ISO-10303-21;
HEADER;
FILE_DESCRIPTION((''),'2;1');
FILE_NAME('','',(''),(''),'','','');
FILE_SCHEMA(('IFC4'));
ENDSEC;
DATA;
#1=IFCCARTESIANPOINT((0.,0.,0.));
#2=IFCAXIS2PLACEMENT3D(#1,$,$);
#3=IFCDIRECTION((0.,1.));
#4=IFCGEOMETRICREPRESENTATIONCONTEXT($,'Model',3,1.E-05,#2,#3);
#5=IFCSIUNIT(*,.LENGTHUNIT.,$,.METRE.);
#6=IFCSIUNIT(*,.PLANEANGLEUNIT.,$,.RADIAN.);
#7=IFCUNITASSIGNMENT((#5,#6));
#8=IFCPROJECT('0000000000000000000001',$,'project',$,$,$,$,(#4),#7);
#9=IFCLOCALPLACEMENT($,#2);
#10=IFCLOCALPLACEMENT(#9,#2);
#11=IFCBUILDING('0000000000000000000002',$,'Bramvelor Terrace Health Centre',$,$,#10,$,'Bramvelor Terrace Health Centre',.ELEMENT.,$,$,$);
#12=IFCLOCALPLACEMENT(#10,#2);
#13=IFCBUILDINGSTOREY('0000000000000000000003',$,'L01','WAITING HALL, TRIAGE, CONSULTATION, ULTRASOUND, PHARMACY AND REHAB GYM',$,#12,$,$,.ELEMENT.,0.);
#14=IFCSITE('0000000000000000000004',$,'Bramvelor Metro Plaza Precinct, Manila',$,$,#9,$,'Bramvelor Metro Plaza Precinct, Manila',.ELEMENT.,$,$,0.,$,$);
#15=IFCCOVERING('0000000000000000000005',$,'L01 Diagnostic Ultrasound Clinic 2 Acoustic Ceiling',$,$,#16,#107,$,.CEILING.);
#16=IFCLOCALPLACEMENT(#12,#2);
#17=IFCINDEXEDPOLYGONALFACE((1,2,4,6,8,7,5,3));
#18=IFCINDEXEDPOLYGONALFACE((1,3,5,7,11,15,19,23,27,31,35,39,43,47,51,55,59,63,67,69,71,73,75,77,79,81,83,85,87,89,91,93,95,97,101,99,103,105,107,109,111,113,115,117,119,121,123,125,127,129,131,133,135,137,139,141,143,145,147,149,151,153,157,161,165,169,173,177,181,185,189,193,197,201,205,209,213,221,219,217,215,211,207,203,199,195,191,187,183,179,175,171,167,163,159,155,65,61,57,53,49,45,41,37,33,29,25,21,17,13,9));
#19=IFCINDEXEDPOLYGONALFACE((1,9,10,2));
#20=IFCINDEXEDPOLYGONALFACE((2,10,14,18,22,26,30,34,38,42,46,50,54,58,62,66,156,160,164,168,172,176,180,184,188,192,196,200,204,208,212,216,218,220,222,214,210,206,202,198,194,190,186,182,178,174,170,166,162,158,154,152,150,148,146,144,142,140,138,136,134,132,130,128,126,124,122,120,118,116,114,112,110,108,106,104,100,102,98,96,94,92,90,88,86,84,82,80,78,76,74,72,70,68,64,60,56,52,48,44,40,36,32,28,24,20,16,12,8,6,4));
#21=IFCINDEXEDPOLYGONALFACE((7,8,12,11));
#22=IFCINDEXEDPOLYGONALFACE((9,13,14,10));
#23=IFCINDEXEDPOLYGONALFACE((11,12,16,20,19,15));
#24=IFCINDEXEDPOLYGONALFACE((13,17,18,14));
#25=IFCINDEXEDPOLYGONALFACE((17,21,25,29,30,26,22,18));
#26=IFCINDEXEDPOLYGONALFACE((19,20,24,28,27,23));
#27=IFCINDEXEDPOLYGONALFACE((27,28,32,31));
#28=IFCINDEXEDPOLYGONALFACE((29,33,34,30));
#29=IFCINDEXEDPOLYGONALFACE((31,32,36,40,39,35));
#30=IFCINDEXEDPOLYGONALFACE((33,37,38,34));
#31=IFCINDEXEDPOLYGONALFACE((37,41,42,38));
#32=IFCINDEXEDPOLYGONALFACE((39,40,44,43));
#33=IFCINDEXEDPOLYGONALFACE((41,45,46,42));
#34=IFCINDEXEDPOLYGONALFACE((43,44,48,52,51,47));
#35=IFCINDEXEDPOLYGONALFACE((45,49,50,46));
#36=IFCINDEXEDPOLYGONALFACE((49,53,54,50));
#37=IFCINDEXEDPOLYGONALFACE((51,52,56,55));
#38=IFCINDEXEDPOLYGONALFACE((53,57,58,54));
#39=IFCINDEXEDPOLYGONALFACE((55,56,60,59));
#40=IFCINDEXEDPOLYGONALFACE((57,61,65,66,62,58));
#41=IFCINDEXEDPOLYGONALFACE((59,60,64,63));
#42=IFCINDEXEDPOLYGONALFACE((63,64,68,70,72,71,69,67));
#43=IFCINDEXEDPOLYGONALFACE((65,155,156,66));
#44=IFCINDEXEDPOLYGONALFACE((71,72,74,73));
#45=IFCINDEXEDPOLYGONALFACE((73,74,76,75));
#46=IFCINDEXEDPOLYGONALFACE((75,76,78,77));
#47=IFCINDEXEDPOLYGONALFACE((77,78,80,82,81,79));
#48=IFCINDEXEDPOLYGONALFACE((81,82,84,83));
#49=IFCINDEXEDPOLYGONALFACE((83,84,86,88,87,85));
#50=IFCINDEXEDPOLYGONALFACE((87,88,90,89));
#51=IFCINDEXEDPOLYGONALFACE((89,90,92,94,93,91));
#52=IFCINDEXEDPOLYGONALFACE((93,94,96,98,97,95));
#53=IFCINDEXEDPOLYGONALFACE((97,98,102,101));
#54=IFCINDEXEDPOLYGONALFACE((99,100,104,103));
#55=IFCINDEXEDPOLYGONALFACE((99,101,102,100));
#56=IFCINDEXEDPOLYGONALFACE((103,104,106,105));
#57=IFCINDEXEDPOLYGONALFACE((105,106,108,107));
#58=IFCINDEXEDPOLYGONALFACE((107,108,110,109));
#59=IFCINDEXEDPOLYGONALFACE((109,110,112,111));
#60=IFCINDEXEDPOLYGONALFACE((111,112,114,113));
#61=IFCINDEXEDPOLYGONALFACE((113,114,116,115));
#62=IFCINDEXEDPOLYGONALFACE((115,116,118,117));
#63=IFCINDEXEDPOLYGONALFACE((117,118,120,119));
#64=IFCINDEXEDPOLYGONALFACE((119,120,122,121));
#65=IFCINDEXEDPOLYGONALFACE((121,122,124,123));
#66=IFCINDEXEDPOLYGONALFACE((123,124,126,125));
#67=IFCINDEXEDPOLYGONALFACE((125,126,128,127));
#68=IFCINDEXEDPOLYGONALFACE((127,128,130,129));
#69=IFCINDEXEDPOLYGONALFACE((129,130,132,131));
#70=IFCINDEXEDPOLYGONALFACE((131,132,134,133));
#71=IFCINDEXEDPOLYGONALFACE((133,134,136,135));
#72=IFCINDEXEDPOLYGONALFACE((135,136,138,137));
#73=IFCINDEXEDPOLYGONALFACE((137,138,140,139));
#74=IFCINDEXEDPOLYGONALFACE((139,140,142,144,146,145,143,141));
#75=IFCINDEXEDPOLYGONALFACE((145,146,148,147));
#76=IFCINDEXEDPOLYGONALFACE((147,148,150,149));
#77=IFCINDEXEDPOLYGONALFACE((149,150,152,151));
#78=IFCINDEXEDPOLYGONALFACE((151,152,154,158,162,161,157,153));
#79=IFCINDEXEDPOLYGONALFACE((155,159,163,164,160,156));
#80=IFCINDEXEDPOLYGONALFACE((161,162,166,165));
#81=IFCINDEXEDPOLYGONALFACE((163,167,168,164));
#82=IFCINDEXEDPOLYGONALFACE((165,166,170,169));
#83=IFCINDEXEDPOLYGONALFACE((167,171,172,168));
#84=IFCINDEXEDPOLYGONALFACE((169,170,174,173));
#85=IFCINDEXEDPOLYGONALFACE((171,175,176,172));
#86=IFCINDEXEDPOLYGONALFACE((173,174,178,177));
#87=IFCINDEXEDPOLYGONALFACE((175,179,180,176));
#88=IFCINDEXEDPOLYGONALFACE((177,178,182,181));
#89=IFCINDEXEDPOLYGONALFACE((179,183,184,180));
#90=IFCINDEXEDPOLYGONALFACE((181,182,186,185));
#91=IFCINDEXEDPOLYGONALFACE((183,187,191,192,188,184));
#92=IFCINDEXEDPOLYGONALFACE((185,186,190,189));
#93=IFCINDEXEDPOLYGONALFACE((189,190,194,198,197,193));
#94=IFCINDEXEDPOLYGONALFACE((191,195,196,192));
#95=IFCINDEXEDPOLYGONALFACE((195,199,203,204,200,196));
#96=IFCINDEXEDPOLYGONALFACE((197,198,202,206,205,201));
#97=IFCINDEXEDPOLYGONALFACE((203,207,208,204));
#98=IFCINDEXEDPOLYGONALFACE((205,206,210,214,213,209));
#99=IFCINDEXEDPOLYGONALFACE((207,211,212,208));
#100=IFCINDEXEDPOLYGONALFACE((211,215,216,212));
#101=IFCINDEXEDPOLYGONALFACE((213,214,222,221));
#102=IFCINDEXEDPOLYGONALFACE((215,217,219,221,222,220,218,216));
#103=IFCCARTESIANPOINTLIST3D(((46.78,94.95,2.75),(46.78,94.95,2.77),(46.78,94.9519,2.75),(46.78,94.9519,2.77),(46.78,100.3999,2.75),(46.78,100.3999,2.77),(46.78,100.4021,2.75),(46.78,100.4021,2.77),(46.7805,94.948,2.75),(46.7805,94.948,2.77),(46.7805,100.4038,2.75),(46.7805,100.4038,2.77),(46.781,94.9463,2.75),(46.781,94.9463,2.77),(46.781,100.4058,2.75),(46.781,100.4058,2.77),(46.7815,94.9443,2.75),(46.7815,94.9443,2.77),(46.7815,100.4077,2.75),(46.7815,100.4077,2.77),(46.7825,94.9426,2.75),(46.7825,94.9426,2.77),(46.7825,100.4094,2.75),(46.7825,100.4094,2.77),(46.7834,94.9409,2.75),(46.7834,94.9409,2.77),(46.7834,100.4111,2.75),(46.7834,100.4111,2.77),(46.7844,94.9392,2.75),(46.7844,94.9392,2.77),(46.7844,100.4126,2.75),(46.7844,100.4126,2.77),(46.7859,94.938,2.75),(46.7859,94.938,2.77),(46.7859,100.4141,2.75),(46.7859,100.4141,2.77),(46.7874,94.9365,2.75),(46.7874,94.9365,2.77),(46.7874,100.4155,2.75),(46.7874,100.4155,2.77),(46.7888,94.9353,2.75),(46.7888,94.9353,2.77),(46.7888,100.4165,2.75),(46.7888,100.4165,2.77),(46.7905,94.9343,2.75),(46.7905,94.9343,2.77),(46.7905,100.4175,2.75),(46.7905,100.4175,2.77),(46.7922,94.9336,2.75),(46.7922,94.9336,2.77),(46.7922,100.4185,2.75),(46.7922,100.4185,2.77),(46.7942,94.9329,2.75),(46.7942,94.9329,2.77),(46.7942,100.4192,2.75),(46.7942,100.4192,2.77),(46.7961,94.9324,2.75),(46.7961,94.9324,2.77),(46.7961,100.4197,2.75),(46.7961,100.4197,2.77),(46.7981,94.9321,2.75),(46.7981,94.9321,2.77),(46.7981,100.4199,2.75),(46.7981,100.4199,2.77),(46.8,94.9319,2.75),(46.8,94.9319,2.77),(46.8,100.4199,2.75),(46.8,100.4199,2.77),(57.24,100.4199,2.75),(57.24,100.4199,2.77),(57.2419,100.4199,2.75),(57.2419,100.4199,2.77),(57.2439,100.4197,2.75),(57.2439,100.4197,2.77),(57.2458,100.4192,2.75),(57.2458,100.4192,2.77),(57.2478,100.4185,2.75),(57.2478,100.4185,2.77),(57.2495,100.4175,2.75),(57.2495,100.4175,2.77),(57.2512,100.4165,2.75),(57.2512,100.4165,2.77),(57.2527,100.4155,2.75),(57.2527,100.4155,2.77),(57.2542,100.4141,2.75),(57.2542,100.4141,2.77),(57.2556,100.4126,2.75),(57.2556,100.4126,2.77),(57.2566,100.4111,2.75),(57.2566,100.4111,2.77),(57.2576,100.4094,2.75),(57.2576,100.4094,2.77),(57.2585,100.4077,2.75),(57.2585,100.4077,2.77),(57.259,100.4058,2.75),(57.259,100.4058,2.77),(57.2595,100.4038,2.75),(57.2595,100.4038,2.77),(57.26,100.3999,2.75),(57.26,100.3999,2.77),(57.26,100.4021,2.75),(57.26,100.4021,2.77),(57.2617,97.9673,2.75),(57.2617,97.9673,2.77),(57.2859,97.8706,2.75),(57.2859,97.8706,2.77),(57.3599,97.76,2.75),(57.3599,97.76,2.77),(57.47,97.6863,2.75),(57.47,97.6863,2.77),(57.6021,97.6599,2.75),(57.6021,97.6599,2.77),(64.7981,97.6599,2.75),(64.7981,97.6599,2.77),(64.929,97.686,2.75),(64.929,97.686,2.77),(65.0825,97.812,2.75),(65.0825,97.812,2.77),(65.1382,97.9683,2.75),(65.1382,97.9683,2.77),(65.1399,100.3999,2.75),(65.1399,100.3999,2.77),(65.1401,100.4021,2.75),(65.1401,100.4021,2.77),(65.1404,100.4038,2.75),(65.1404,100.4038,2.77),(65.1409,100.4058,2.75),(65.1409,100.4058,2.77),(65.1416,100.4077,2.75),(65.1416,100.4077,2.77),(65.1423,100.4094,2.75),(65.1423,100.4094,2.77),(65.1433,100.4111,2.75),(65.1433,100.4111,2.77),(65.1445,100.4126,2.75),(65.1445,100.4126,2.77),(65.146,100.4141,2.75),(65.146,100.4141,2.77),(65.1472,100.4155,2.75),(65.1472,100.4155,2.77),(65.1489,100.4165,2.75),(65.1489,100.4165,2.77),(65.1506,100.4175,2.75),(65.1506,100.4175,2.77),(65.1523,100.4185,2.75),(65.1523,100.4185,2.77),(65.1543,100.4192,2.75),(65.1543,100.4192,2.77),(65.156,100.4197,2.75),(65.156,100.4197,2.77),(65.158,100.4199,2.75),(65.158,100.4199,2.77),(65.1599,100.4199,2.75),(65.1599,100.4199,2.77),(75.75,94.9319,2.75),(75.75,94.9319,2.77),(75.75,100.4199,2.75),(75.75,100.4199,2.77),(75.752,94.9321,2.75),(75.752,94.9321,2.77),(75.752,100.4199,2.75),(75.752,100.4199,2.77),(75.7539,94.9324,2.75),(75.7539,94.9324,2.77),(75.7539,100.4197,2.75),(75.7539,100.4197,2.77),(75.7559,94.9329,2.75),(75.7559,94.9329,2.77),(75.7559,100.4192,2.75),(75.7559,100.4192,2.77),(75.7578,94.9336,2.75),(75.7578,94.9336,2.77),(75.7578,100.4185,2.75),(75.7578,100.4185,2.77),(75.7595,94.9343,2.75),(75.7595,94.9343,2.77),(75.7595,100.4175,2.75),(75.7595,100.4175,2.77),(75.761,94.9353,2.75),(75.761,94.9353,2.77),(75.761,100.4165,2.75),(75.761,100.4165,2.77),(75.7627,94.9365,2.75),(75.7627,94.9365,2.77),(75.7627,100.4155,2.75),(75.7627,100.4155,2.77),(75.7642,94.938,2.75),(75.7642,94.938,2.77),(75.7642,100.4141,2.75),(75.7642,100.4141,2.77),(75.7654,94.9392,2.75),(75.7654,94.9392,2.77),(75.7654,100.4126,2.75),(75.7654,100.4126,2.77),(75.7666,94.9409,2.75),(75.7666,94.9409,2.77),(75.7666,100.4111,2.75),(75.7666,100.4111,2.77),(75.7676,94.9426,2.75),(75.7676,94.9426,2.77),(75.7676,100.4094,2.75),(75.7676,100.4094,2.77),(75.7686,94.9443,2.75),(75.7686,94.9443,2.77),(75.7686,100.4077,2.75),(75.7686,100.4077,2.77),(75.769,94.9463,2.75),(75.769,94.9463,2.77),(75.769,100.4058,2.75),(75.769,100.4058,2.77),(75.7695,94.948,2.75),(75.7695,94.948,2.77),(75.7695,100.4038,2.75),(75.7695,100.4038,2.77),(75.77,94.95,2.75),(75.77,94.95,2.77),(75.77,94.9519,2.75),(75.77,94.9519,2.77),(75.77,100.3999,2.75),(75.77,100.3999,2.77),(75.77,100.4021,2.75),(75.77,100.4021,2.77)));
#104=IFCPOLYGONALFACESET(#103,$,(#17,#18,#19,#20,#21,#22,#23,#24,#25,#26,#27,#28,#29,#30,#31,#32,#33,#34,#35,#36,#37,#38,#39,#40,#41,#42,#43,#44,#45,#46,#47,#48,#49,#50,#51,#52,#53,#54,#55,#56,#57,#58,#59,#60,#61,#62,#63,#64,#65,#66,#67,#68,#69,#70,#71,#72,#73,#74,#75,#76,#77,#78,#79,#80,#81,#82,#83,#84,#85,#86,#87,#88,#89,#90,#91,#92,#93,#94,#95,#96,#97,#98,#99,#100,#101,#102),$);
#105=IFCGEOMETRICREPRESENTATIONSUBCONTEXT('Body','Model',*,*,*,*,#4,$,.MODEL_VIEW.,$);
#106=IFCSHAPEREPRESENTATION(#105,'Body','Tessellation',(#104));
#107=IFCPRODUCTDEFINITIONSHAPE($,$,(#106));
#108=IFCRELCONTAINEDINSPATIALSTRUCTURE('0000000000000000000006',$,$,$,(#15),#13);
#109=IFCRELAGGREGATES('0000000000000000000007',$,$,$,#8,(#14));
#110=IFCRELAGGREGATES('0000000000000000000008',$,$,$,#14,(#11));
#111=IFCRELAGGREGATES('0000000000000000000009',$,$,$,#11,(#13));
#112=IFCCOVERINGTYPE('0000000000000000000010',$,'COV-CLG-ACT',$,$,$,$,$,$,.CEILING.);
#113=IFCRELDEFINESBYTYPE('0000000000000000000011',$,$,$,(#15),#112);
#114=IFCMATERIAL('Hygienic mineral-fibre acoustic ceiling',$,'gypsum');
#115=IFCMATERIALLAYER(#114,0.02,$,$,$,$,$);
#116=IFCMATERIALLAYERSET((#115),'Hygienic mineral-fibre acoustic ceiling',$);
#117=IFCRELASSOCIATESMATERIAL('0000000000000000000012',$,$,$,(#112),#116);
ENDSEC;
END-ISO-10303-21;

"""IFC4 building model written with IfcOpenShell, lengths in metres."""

from ifc_helpers import new_model, si_unit, direction, frame, origin, place, context, subcontext, project, spatial, polyline, outline, extrude, material, layer, layer_set, type_object, element, save


model = new_model("IFC4")

# Units and contexts
model_context = context("Model", 3, precision=1e-05, world=origin(), true_north=direction((0.0, 1.0)))
body_context = subcontext(model_context, "Body", "Model", "MODEL_VIEW")
ifc_project = project(units=[si_unit("LENGTHUNIT", "METRE"), si_unit("PLANEANGLEUNIT", "RADIAN")], contexts=[model_context])

# Site, building, storey
site_placement = place(None, origin())
site = spatial("IfcSite", under=ifc_project, at=site_placement, Name="Bramvelor Metro Plaza Precinct, Manila", LongName="Bramvelor Metro Plaza Precinct, Manila", CompositionType="ELEMENT", RefElevation=0.0)
building_placement = place(site_placement, origin())
building = spatial("IfcBuilding", under=site, at=building_placement, Name="Bramvelor Terrace Health Centre", LongName="Bramvelor Terrace Health Centre", CompositionType="ELEMENT")
storey_placement = place(building_placement, origin())
storey = spatial("IfcBuildingStorey", under=building, at=storey_placement, Name="L01", Description="WAITING HALL, TRIAGE, CONSULTATION, ULTRASOUND, PHARMACY AND REHAB GYM", CompositionType="ELEMENT", Elevation=0.0)

# Covering
ifc_material_1 = material(Name="Hygienic mineral-fibre acoustic ceiling", Category="gypsum")
ifc_layer_1 = layer(ifc_material_1, 0.02)
ifc_layer_set_1 = layer_set([ifc_layer_1], Name="Hygienic mineral-fibre acoustic ceiling")
covering_type_1 = type_object("IfcCoveringType", Name="COV-CLG-ACT", PredefinedType="CEILING", material=ifc_layer_set_1)
covering_1_placement = place(storey_placement, frame((0.0, 0.0, 2.75)))
element("IfcCovering", 1, at=covering_1_placement, inside=storey, type_object=covering_type_1, Name="L01 Diagnostic Ultrasound Clinic 2 Acoustic Ceiling", PredefinedType="CEILING", context=body_context, shape_type="SweptSolid", body=[
    extrude(outline(polyline([(75.77, 94.9519), (75.77, 94.95), (75.7695, 94.948), (75.769, 94.9463), (75.7686, 94.9443), (75.7676, 94.9426), (75.7666, 94.9409), (75.7654, 94.9392), (75.7642, 94.938), (75.7627, 94.9365), (75.761, 94.9353), (75.7595, 94.9343), (75.7578, 94.9336), (75.7559, 94.9329), (75.7539, 94.9324), (75.752, 94.9321), (75.75, 94.9319), (46.8, 94.9319), (46.7981, 94.9321), (46.7961, 94.9324), (46.7942, 94.9329), (46.7922, 94.9336), (46.7905, 94.9343), (46.7888, 94.9353), (46.7874, 94.9365), (46.7859, 94.938), (46.7844, 94.9392), (46.7834, 94.9409), (46.7825, 94.9426), (46.7815, 94.9443), (46.781, 94.9463), (46.7805, 94.948), (46.78, 94.95), (46.78, 94.9519), (46.78, 100.3999), (46.78, 100.4021), (46.7805, 100.4038), (46.781, 100.4058), (46.7815, 100.4077), (46.7825, 100.4094), (46.7834, 100.4111), (46.7844, 100.4126), (46.7859, 100.4141), (46.7874, 100.4155), (46.7888, 100.4165), (46.7905, 100.4175), (46.7922, 100.4185), (46.7942, 100.4192), (46.7961, 100.4197), (46.7981, 100.4199), (46.8, 100.4199), (57.24, 100.4199), (57.2419, 100.4199), (57.2439, 100.4197), (57.2458, 100.4192), (57.2478, 100.4185), (57.2495, 100.4175), (57.2512, 100.4165), (57.2527, 100.4155), (57.2542, 100.4141), (57.2556, 100.4126), (57.2566, 100.4111), (57.2576, 100.4094), (57.2585, 100.4077), (57.259, 100.4058), (57.2595, 100.4038), (57.26, 100.4021), (57.26, 100.3999), (57.2617, 97.9673), (57.2859, 97.8706), (57.3599, 97.76), (57.47, 97.6863), (57.6021, 97.6599), (64.7981, 97.6599), (64.929, 97.686), (65.0825, 97.812), (65.1382, 97.9683), (65.1399, 100.3999), (65.1401, 100.4021), (65.1404, 100.4038), (65.1409, 100.4058), (65.1416, 100.4077), (65.1423, 100.4094), (65.1433, 100.4111), (65.1445, 100.4126), (65.146, 100.4141), (65.1472, 100.4155), (65.1489, 100.4165), (65.1506, 100.4175), (65.1523, 100.4185), (65.1543, 100.4192), (65.156, 100.4197), (65.158, 100.4199), (65.1599, 100.4199), (75.75, 100.4199), (75.752, 100.4199), (75.7539, 100.4197), (75.7559, 100.4192), (75.7578, 100.4185), (75.7595, 100.4175), (75.761, 100.4165), (75.7627, 100.4155), (75.7642, 100.4141), (75.7654, 100.4126), (75.7666, 100.4111), (75.7676, 100.4094), (75.7686, 100.4077), (75.769, 100.4058), (75.7695, 100.4038), (75.77, 100.4021), (75.77, 100.3999), (75.77, 94.9519)])), origin(), (0.0, 0.0, 1.0), 0.02),
])

save(model, "model.ifc")
